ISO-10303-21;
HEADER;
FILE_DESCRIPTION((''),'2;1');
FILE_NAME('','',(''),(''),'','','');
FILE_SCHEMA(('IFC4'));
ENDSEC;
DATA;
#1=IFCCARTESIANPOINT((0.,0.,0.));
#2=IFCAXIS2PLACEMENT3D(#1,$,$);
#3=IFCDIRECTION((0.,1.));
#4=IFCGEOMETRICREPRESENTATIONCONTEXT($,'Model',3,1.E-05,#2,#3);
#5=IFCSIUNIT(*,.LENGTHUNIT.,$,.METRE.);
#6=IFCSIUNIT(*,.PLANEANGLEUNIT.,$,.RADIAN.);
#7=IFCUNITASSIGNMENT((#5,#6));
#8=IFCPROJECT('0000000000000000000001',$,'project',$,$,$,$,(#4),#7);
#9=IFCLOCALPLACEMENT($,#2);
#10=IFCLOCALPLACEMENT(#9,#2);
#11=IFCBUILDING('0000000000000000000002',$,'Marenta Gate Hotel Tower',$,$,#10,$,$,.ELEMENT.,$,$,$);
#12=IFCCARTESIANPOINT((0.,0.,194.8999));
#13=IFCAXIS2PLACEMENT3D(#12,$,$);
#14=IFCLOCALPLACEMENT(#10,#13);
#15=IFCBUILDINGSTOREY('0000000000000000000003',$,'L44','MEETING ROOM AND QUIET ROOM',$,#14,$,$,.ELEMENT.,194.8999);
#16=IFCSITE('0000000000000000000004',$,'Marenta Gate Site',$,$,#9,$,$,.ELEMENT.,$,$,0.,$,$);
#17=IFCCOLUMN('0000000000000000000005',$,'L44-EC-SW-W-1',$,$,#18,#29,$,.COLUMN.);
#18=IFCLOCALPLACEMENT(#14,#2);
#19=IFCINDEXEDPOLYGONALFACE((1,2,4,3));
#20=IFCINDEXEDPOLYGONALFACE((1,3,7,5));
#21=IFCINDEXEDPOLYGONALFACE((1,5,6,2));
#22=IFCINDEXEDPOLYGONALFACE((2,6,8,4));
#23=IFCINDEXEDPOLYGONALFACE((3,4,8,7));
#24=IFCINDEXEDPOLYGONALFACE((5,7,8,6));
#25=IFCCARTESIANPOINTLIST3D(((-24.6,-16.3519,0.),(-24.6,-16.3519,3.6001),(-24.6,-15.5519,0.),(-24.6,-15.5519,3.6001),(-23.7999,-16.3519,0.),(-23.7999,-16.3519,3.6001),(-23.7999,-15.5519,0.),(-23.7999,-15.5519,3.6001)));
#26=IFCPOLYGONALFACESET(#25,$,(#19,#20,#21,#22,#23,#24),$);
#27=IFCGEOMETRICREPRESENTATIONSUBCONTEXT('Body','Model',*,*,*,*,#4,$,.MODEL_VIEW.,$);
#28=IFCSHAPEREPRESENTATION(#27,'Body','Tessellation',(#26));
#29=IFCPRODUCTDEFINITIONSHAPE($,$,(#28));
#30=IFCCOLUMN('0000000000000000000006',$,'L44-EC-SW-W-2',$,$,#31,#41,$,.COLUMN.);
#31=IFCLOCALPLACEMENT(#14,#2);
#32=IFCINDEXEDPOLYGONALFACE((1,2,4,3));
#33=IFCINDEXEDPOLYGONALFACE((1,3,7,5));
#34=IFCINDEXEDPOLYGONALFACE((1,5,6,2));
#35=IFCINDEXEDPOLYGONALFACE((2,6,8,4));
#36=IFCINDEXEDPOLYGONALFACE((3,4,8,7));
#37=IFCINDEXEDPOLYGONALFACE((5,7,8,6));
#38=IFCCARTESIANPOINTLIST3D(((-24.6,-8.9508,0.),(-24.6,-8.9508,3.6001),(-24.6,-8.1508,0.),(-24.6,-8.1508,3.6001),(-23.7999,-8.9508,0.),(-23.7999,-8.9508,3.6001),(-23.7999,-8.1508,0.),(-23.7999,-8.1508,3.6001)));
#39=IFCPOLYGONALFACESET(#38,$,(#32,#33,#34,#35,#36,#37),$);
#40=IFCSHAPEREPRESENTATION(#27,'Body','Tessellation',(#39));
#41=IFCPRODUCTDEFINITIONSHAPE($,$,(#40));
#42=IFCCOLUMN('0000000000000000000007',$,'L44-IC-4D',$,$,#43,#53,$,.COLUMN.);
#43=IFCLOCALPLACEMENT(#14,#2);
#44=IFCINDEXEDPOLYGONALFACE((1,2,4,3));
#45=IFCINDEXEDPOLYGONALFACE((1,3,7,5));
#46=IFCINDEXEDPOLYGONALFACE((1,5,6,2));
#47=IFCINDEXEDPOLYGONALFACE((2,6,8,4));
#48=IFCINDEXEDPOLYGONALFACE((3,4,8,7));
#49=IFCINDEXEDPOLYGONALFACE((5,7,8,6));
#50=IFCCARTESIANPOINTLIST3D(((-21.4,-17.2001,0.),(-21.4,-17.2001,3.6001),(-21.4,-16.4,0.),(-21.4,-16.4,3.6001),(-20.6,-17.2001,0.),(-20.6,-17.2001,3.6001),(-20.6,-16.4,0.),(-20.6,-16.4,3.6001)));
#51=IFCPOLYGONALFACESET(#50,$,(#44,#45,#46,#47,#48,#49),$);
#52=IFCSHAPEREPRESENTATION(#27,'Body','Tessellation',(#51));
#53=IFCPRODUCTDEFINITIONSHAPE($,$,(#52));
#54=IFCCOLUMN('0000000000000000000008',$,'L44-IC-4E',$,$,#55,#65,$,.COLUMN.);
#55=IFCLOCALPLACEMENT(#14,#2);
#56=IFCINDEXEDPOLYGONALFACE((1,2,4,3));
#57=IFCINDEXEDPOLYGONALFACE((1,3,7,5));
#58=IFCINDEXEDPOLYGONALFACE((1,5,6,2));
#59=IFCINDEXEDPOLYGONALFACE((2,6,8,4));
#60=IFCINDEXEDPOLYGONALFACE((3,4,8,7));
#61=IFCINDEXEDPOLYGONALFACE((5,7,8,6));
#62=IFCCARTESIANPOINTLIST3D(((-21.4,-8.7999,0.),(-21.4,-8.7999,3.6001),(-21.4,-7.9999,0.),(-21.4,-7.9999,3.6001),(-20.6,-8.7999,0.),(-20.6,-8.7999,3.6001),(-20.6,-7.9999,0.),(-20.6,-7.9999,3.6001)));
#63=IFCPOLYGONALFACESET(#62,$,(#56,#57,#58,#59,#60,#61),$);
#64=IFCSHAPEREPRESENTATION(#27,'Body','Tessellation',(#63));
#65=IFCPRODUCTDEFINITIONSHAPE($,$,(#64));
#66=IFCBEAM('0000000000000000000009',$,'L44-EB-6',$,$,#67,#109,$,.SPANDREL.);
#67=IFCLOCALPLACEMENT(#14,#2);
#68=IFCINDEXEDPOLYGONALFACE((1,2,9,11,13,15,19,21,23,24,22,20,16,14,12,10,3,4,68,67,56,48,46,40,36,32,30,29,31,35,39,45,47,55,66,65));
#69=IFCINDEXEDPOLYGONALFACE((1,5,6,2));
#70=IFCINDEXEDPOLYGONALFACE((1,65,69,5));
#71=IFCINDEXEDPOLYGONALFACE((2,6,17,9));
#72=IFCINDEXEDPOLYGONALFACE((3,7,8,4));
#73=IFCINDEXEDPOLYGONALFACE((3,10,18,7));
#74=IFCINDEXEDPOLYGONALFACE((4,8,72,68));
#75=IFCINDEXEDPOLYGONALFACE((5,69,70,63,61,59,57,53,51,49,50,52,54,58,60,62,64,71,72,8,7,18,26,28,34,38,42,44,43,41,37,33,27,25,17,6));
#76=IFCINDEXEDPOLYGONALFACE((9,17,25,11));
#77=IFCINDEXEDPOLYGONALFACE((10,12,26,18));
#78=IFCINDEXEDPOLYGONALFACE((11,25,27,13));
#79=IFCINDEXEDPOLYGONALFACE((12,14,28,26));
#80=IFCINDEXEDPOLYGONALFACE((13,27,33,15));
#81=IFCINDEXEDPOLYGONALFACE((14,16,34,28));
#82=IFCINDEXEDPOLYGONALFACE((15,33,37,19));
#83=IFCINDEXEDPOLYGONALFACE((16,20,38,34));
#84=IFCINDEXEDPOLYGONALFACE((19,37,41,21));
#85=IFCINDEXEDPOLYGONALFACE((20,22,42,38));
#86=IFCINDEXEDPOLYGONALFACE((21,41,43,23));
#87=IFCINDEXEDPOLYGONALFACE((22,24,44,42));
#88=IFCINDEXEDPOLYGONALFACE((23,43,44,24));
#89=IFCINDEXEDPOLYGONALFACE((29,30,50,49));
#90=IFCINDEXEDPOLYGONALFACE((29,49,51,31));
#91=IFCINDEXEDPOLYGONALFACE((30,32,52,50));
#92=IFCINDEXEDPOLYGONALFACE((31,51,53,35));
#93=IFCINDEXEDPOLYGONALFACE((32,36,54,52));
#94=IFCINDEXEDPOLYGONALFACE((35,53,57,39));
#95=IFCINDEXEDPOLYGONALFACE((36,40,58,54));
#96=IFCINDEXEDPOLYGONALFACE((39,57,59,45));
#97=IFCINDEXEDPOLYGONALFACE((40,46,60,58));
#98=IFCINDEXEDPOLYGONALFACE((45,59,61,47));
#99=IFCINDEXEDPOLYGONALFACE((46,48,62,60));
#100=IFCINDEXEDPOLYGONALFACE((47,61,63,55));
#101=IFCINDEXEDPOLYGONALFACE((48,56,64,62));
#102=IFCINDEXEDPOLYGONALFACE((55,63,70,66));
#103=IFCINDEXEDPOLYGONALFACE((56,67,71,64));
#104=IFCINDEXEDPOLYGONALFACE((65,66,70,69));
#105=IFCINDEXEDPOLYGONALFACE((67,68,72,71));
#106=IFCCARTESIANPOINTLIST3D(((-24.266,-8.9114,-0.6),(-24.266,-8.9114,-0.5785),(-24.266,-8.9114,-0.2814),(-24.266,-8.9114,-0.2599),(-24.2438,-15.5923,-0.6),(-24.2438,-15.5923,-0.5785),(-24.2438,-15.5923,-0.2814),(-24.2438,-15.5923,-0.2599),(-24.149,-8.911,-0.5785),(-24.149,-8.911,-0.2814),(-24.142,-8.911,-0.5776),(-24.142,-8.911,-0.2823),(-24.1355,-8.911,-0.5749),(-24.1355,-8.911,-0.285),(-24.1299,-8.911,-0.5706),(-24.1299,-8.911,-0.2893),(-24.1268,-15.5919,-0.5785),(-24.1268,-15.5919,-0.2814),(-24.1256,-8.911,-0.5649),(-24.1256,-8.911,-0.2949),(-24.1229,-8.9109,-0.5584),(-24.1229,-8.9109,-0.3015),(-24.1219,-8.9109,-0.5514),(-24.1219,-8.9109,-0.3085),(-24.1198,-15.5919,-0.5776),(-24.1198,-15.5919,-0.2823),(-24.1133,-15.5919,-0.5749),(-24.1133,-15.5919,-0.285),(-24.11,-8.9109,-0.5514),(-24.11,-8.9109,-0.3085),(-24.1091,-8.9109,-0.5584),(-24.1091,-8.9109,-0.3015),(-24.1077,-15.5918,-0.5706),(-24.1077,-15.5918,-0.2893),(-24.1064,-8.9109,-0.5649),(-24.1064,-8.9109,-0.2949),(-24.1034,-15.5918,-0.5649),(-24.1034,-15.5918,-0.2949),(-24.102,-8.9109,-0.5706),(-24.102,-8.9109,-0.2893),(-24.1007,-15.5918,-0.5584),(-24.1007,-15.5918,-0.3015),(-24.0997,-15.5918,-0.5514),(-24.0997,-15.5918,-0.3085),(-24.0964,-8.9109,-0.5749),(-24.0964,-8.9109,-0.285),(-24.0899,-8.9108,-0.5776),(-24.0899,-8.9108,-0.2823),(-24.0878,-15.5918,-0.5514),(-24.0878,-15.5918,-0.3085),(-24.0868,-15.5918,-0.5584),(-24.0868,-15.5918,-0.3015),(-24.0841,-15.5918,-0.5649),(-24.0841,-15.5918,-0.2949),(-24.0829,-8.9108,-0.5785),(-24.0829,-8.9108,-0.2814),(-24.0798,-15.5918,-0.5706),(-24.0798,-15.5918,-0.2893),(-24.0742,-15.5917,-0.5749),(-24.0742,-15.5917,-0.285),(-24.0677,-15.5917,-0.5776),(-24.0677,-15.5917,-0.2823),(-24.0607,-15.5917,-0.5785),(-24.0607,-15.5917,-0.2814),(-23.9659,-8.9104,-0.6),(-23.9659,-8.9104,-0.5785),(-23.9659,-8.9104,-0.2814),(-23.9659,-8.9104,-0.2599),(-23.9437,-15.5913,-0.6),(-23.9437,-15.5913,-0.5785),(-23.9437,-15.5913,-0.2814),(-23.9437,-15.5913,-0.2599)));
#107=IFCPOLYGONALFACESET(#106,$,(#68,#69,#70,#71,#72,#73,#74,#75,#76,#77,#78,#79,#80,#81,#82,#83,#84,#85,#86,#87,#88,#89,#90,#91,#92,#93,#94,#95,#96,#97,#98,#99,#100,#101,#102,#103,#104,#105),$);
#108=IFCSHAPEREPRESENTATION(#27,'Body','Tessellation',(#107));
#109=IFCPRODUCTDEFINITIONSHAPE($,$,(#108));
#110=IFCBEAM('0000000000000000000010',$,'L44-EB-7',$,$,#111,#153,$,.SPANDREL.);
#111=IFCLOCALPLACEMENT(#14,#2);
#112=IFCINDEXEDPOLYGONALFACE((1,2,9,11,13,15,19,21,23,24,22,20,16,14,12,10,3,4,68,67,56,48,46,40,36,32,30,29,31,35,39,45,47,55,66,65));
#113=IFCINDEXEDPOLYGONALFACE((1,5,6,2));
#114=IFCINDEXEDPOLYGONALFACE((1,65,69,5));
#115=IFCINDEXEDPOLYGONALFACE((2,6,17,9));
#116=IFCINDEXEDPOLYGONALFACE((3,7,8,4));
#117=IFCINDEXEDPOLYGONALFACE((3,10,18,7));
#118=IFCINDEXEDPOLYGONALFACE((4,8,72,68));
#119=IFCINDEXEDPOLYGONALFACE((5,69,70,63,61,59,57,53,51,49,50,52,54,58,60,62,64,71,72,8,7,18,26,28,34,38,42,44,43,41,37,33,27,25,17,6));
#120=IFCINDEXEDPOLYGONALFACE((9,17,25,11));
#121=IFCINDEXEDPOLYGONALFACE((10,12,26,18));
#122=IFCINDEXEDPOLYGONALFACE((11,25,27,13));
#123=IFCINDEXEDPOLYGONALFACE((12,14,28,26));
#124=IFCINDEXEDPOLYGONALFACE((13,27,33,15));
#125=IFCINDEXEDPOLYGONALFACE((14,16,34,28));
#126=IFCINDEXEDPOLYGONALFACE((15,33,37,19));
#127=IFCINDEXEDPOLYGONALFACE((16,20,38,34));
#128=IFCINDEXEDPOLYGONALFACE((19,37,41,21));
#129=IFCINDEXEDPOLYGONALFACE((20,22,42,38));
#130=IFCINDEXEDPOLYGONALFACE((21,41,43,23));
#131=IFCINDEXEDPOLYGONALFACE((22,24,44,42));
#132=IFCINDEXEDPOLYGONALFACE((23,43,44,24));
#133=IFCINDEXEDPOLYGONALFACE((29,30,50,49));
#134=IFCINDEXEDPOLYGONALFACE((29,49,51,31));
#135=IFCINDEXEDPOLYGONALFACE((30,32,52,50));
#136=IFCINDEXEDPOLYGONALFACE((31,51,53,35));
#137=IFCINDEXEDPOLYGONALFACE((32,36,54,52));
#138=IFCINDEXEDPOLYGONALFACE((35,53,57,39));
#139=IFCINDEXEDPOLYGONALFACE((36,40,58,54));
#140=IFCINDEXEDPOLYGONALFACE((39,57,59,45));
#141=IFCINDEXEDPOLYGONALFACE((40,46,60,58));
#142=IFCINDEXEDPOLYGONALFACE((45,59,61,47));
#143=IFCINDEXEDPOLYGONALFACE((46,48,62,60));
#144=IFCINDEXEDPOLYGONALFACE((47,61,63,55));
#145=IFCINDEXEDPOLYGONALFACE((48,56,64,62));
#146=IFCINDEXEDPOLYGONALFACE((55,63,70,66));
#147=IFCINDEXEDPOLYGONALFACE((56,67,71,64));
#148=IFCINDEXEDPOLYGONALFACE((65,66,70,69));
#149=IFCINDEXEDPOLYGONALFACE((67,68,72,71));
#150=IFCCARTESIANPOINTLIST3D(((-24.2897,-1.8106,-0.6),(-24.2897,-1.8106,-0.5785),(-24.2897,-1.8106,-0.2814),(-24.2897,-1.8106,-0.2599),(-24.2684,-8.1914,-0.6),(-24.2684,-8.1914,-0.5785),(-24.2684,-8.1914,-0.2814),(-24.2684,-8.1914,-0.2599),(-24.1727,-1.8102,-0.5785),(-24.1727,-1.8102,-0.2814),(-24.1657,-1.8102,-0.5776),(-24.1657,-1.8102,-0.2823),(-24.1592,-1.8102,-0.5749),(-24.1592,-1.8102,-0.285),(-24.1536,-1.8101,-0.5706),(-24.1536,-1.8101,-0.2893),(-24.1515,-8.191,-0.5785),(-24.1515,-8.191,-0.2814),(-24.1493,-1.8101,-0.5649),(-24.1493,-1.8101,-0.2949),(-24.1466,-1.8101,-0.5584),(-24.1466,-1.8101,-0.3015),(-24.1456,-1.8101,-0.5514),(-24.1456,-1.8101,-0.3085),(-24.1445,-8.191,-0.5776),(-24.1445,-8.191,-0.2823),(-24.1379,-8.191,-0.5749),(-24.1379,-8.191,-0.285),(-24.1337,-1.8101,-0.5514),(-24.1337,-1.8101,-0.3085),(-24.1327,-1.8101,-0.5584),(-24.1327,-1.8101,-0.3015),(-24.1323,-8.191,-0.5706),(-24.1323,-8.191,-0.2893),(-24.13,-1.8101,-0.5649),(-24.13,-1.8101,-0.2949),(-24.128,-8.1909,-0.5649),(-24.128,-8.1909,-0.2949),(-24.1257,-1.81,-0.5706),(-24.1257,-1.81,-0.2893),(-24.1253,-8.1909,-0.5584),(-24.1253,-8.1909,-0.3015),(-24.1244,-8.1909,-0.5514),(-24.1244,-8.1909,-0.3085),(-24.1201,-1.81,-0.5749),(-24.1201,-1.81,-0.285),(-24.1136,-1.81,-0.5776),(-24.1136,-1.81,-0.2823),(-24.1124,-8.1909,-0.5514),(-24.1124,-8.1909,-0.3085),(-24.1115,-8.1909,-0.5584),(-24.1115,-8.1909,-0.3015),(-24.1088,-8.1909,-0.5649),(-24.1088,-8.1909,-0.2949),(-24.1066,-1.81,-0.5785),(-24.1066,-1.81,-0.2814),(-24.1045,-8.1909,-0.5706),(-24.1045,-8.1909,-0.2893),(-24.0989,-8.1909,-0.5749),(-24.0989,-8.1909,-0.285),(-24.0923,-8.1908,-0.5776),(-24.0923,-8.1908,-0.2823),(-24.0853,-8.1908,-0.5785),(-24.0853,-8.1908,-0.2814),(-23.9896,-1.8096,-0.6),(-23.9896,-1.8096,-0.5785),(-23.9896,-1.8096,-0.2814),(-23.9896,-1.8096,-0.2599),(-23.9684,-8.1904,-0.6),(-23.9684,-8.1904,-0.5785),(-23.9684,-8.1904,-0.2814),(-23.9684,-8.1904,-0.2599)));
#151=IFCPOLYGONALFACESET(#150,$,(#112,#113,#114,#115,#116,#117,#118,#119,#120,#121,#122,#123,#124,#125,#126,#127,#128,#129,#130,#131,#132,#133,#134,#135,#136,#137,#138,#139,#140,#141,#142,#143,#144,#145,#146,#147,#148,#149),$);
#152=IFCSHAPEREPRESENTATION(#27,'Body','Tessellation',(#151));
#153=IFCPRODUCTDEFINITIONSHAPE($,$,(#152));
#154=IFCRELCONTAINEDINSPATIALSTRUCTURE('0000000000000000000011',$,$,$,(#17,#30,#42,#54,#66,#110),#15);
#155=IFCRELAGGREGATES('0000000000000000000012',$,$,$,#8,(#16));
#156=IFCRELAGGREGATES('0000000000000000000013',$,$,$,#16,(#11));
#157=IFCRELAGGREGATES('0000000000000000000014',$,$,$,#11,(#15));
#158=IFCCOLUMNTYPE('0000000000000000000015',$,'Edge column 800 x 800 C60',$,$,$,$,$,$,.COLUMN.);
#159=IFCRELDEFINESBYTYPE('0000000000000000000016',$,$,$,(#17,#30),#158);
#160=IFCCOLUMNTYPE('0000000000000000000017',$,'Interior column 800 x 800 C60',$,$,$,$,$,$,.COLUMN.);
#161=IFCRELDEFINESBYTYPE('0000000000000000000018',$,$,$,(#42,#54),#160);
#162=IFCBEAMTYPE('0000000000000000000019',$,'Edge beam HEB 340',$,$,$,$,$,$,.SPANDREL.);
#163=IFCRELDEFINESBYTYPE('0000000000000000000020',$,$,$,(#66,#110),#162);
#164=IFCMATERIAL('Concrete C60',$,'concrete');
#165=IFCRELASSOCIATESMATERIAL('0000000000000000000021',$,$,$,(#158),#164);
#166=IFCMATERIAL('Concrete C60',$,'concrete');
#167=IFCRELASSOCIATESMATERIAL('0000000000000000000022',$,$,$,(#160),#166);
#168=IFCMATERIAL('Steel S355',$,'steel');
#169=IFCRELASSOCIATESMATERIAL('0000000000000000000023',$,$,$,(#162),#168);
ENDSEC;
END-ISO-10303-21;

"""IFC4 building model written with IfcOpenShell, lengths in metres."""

from ifc_helpers import new_model, si_unit, direction, frame, origin, origin_2d, place, context, subcontext, project, spatial, rectangle, i_section, extrude, material, material_profile, profile_set, type_object, element, save


model = new_model("IFC4")

# Units and contexts
model_context = context("Model", 3, precision=1e-05, world=origin(), true_north=direction((0.0, 1.0)))
body_context = subcontext(model_context, "Body", "Model", "MODEL_VIEW")
ifc_project = project(units=[si_unit("LENGTHUNIT", "METRE"), si_unit("PLANEANGLEUNIT", "RADIAN")], contexts=[model_context])

# Site, building, storey
site_placement = place(None, origin())
site = spatial("IfcSite", under=ifc_project, at=site_placement, Name="Marenta Gate Site", CompositionType="ELEMENT", RefElevation=0.0)
building_placement = place(site_placement, origin())
building = spatial("IfcBuilding", under=site, at=building_placement, Name="Marenta Gate Hotel Tower", CompositionType="ELEMENT")
storey_placement = place(building_placement, frame((0.0, 0.0, 194.8999)))
storey = spatial("IfcBuildingStorey", under=building, at=storey_placement, Name="L44", Description="MEETING ROOM AND QUIET ROOM", CompositionType="ELEMENT", Elevation=194.8999)

# Columns
ifc_material_1 = material(Name="Concrete C60", Category="concrete")
ifc_material_profile_1 = material_profile(ifc_material_1, rectangle(XDim=0.8, YDim=0.8, at=origin_2d()), Name="800 x 800")
ifc_profile_set_1 = profile_set([ifc_material_profile_1], Name="Concrete C60")
column_type_1 = type_object("IfcColumnType", Name="Edge column 800 x 800 C60", PredefinedType="COLUMN", material=ifc_profile_set_1)
for number, where, z_axis, x_axis, name in (
    (1, (-24.2, -15.9519, 0.0), (0.0, 0.0, 1.0), (1.0, 0.0, 0.0), "L44-EC-SW-W-1"),
    (2, (-24.2, -8.5508, 0.0), (0.0, 0.0, 1.0), (1.0, 0.0, 0.0), "L44-EC-SW-W-2"),
):
    element("IfcColumn", number, at=place(storey_placement, frame(where, z_axis=z_axis, x_axis=x_axis)), inside=storey, type_object=column_type_1, Name=name, PredefinedType="COLUMN", context=body_context, shape_type="SweptSolid", body=[
        extrude(rectangle(XDim=0.8, YDim=0.8, at=origin_2d()), origin(), (0.0, 0.0, 1.0), 3.6001),
    ])
ifc_material_2 = material(Name="Concrete C60", Category="concrete")
ifc_material_profile_2 = material_profile(ifc_material_2, rectangle(XDim=0.8, YDim=0.8, at=origin_2d()), Name="800 x 800")
ifc_profile_set_2 = profile_set([ifc_material_profile_2], Name="Concrete C60")
column_type_2 = type_object("IfcColumnType", Name="Interior column 800 x 800 C60", PredefinedType="COLUMN", material=ifc_profile_set_2)
for number, where, z_axis, x_axis, name in (
    (3, (-21.0, -16.8, 0.0), (0.0, 0.0, 1.0), (1.0, 0.0, 0.0), "L44-IC-4D"),
    (4, (-21.0, -8.3999, 0.0), (0.0, 0.0, 1.0), (1.0, 0.0, 0.0), "L44-IC-4E"),
):
    element("IfcColumn", number, at=place(storey_placement, frame(where, z_axis=z_axis, x_axis=x_axis)), inside=storey, type_object=column_type_2, Name=name, PredefinedType="COLUMN", context=body_context, shape_type="SweptSolid", body=[
        extrude(rectangle(XDim=0.8, YDim=0.8, at=origin_2d()), origin(), (0.0, 0.0, 1.0), 3.6001),
    ])

# Beams
ifc_material_3 = material(Name="Steel S355", Category="steel")
ifc_material_profile_3 = material_profile(ifc_material_3, i_section(OverallWidth=0.3, OverallDepth=0.3401, WebThickness=0.012, FlangeThickness=0.0215, FilletRadius=0.0271, at=origin_2d()), Name="HEB 340")
ifc_profile_set_3 = profile_set([ifc_material_profile_3], Name="Steel S355")
beam_type_1 = type_object("IfcBeamType", Name="Edge beam HEB 340", PredefinedType="SPANDREL", material=ifc_profile_set_3)
beam_1_placement = place(storey_placement, frame((-24.0938, -15.5918, -0.4299), z_axis=(-0.003325, 0.999994, 0.0), x_axis=(-0.999994, -0.003325, 0.0)))
element("IfcBeam", 5, at=beam_1_placement, inside=storey, type_object=beam_type_1, Name="L44-EB-6", PredefinedType="SPANDREL", context=body_context, shape_type="SweptSolid", body=[
    extrude(i_section(OverallWidth=0.3, OverallDepth=0.3401, WebThickness=0.012, FlangeThickness=0.0215, FilletRadius=0.0271, at=origin_2d()), origin(), (0.0, 0.0, 1.0), 6.6809),
])
beam_2_placement = place(storey_placement, frame((-24.1184, -8.1909, -0.4299), z_axis=(-0.003329, 0.999994, 0.0), x_axis=(-0.999994, -0.003329, 0.0)))
element("IfcBeam", 6, at=beam_2_placement, inside=storey, type_object=beam_type_1, Name="L44-EB-7", PredefinedType="SPANDREL", context=body_context, shape_type="SweptSolid", body=[
    extrude(i_section(OverallWidth=0.3, OverallDepth=0.3401, WebThickness=0.012, FlangeThickness=0.0215, FilletRadius=0.0271, at=origin_2d()), origin(), (0.0, 0.0, 1.0), 6.3809),
])

save(model, "model.ifc")
